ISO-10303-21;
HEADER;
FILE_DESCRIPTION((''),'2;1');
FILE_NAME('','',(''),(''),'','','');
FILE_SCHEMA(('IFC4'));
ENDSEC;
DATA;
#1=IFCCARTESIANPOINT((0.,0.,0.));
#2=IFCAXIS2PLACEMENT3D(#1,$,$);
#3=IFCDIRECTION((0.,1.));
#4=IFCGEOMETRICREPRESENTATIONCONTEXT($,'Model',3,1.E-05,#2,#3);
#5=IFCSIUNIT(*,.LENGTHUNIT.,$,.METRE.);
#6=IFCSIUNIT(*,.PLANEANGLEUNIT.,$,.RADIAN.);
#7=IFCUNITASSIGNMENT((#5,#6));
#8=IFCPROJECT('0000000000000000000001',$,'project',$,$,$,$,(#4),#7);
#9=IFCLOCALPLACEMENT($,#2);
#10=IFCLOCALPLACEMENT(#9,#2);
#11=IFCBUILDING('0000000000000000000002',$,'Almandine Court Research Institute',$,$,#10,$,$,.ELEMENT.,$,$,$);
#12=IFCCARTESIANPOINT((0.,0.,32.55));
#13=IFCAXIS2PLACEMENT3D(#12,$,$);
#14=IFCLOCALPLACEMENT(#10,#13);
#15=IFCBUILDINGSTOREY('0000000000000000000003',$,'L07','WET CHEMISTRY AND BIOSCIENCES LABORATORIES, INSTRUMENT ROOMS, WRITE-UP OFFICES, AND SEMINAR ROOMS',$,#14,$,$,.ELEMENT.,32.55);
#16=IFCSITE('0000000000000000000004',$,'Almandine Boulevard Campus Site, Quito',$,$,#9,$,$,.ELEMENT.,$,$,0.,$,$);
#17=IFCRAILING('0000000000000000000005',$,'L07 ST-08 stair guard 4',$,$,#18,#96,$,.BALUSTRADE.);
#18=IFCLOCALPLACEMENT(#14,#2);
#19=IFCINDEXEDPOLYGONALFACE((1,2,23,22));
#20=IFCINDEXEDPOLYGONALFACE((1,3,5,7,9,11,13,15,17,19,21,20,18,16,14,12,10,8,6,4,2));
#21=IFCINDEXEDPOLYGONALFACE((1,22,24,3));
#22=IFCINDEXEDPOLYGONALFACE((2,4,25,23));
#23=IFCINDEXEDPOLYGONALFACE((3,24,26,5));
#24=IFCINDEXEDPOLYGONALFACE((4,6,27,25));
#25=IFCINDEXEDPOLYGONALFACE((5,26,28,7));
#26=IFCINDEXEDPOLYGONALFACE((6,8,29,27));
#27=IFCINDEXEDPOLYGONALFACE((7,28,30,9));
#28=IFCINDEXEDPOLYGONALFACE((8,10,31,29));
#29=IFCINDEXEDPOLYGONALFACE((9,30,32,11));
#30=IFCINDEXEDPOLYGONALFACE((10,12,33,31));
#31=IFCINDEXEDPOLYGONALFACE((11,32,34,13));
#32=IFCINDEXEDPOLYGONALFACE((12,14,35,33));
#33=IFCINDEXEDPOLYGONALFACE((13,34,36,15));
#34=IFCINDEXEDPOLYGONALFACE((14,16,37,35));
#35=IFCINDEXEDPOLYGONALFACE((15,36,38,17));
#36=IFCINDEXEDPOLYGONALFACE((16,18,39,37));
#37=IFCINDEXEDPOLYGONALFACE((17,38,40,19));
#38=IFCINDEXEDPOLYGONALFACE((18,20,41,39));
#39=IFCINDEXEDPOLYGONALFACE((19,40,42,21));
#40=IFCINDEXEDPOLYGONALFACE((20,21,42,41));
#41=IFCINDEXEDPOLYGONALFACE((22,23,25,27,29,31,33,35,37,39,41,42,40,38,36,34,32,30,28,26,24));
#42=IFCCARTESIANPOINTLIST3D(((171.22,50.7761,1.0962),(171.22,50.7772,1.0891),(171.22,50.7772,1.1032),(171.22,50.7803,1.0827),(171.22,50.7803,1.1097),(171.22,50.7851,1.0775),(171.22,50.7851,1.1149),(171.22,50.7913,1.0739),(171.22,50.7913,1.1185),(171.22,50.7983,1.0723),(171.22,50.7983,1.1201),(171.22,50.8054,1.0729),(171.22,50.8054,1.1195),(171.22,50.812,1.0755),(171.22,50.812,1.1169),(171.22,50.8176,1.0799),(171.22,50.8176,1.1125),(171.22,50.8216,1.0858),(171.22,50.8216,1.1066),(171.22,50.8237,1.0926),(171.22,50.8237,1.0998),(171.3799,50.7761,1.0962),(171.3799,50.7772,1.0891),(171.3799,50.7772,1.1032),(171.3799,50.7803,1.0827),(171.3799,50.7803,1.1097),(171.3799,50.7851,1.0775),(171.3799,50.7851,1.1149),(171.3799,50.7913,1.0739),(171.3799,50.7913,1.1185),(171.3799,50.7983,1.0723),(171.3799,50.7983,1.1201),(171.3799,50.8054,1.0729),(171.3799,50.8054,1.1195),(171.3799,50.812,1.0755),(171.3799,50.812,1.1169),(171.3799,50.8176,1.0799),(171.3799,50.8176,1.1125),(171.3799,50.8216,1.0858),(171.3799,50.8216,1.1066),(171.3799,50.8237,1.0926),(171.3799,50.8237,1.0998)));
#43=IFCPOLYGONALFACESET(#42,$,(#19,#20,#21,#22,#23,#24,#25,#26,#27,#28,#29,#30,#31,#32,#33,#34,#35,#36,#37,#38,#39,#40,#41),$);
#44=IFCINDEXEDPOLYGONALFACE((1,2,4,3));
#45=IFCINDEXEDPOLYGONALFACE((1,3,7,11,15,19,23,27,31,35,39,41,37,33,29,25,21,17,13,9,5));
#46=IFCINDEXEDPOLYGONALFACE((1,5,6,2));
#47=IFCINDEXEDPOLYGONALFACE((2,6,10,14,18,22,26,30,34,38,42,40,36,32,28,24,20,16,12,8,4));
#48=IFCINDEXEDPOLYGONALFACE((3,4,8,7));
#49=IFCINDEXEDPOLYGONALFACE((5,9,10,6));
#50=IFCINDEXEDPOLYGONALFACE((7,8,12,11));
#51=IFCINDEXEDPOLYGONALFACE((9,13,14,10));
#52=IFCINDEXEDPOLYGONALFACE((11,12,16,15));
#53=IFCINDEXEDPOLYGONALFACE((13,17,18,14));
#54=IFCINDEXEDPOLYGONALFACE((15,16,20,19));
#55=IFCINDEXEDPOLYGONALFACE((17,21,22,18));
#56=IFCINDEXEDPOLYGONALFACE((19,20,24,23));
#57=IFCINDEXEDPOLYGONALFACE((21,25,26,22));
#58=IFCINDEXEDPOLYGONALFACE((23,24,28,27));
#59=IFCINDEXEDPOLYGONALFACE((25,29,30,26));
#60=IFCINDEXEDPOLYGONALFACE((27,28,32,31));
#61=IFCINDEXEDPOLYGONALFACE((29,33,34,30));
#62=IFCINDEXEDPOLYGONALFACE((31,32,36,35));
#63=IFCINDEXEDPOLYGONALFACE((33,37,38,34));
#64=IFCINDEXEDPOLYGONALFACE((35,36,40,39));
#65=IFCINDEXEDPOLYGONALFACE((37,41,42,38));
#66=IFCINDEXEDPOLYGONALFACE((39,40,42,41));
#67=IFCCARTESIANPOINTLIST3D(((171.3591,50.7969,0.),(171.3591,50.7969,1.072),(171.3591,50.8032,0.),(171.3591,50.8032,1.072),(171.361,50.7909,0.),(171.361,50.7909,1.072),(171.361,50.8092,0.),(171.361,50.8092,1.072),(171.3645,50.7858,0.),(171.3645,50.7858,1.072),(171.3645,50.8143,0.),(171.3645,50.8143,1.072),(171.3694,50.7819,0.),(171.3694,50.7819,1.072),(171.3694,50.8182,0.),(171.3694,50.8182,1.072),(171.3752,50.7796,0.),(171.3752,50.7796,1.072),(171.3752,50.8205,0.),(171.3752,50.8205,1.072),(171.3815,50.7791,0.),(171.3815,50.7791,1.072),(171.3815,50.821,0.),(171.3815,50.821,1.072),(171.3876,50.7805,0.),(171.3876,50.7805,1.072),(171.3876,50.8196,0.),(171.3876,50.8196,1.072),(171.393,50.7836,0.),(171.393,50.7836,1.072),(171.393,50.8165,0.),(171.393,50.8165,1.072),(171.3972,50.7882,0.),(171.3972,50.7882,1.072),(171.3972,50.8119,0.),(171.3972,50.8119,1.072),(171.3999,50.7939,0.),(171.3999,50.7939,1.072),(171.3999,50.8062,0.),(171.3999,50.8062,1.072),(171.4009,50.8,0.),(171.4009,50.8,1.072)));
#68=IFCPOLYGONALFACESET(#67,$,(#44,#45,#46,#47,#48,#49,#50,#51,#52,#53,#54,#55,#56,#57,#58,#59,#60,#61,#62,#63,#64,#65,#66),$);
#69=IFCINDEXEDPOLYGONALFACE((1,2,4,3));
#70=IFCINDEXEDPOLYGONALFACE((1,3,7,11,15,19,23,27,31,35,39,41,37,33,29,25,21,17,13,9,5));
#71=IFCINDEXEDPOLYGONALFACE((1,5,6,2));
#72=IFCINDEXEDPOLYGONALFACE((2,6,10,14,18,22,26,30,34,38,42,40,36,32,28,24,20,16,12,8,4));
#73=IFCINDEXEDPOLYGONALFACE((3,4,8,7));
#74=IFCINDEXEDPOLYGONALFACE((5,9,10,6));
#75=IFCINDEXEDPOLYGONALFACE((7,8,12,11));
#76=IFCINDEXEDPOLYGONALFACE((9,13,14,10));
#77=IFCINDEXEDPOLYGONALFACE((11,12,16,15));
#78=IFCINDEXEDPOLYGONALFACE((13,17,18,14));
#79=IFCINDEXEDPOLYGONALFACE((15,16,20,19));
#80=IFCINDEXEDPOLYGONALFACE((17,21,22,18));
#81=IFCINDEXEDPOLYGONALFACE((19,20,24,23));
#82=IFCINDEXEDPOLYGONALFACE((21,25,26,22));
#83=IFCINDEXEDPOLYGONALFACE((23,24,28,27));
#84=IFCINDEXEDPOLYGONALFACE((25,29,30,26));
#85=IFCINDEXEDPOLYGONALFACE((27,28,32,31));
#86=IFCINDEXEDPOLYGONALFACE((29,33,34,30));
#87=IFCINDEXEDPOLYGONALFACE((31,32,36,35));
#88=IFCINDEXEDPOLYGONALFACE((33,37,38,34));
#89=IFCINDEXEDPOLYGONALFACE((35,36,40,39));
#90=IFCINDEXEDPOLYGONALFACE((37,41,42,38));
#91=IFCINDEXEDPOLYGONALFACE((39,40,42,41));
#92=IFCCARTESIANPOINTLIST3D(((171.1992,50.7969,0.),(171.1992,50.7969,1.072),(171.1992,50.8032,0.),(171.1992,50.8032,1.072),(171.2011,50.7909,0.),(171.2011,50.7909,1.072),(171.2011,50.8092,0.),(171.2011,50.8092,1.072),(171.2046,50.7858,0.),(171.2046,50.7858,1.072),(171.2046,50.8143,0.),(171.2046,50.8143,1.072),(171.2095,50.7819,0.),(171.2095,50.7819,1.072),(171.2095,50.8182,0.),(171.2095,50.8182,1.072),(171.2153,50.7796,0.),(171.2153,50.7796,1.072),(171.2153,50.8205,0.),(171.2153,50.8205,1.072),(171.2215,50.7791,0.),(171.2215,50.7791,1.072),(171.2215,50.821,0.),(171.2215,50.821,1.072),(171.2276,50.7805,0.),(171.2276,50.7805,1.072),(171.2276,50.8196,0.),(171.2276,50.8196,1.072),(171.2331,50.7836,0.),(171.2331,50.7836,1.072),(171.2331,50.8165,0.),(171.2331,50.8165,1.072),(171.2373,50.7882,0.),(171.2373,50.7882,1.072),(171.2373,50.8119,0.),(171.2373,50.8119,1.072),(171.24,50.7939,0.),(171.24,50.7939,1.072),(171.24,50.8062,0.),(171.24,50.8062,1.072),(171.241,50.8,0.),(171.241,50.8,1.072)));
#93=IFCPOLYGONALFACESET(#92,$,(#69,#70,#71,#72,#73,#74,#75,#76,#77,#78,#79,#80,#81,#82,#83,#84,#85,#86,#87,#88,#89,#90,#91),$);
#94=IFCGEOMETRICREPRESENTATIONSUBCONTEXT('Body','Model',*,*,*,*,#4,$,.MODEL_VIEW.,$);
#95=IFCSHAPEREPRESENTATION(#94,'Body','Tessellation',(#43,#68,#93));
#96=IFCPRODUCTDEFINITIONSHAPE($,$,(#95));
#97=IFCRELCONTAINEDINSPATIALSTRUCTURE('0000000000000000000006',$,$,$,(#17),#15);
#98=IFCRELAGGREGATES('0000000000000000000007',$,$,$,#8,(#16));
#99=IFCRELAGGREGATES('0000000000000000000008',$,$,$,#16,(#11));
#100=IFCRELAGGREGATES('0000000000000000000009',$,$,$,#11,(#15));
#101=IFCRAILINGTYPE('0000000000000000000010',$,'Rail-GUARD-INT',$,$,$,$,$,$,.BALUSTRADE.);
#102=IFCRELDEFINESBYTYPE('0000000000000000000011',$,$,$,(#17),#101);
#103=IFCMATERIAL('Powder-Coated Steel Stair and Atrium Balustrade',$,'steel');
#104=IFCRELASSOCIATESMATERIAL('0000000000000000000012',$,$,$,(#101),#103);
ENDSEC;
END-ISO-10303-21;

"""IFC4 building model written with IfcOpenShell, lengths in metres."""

from ifc_helpers import new_model, si_unit, direction, frame, origin, origin_2d, place, context, subcontext, project, spatial, circle, extrude, material, type_object, element, save


model = new_model("IFC4")

# Units and contexts
model_context = context("Model", 3, precision=1e-05, world=origin(), true_north=direction((0.0, 1.0)))
body_context = subcontext(model_context, "Body", "Model", "MODEL_VIEW")
ifc_project = project(units=[si_unit("LENGTHUNIT", "METRE"), si_unit("PLANEANGLEUNIT", "RADIAN")], contexts=[model_context])

# Site, building, storey
site_placement = place(None, origin())
site = spatial("IfcSite", under=ifc_project, at=site_placement, Name="Almandine Boulevard Campus Site, Quito", CompositionType="ELEMENT", RefElevation=0.0)
building_placement = place(site_placement, origin())
building = spatial("IfcBuilding", under=site, at=building_placement, Name="Almandine Court Research Institute", CompositionType="ELEMENT")
storey_placement = place(building_placement, frame((0.0, 0.0, 32.55)))
storey = spatial("IfcBuildingStorey", under=building, at=storey_placement, Name="L07", Description="WET CHEMISTRY AND BIOSCIENCES LABORATORIES, INSTRUMENT ROOMS, WRITE-UP OFFICES, AND SEMINAR ROOMS", CompositionType="ELEMENT", Elevation=32.55)

# Railing
ifc_material_1 = material(Name="Powder-Coated Steel Stair and Atrium Balustrade", Category="steel")
railing_type_1 = type_object("IfcRailingType", Name="Rail-GUARD-INT", PredefinedType="BALUSTRADE", material=ifc_material_1)
railing_1_placement = place(storey_placement, frame((171.3799, 50.8, 0.0)))
element("IfcRailing", 1, at=railing_1_placement, inside=storey, type_object=railing_type_1, Name="L07 ST-08 stair guard 4", PredefinedType="BALUSTRADE", context=body_context, shape_type="SweptSolid", body=[
    extrude(circle(Radius=0.0239, at=origin_2d()), frame((0.0, 0.0, 1.0962), z_axis=(-1.0, 0.0, 0.0), x_axis=(0.0, -1.0, 0.0)), (0.0, 0.0, 1.0), 0.1599),
    extrude(circle(Radius=0.021, at=origin_2d()), origin(), (0.0, 0.0, 1.0), 1.072),
    extrude(circle(Radius=0.021, at=origin_2d()), frame((-0.1599, 0.0, 0.0)), (0.0, 0.0, 1.0), 1.072),
])

save(model, "model.ifc")
